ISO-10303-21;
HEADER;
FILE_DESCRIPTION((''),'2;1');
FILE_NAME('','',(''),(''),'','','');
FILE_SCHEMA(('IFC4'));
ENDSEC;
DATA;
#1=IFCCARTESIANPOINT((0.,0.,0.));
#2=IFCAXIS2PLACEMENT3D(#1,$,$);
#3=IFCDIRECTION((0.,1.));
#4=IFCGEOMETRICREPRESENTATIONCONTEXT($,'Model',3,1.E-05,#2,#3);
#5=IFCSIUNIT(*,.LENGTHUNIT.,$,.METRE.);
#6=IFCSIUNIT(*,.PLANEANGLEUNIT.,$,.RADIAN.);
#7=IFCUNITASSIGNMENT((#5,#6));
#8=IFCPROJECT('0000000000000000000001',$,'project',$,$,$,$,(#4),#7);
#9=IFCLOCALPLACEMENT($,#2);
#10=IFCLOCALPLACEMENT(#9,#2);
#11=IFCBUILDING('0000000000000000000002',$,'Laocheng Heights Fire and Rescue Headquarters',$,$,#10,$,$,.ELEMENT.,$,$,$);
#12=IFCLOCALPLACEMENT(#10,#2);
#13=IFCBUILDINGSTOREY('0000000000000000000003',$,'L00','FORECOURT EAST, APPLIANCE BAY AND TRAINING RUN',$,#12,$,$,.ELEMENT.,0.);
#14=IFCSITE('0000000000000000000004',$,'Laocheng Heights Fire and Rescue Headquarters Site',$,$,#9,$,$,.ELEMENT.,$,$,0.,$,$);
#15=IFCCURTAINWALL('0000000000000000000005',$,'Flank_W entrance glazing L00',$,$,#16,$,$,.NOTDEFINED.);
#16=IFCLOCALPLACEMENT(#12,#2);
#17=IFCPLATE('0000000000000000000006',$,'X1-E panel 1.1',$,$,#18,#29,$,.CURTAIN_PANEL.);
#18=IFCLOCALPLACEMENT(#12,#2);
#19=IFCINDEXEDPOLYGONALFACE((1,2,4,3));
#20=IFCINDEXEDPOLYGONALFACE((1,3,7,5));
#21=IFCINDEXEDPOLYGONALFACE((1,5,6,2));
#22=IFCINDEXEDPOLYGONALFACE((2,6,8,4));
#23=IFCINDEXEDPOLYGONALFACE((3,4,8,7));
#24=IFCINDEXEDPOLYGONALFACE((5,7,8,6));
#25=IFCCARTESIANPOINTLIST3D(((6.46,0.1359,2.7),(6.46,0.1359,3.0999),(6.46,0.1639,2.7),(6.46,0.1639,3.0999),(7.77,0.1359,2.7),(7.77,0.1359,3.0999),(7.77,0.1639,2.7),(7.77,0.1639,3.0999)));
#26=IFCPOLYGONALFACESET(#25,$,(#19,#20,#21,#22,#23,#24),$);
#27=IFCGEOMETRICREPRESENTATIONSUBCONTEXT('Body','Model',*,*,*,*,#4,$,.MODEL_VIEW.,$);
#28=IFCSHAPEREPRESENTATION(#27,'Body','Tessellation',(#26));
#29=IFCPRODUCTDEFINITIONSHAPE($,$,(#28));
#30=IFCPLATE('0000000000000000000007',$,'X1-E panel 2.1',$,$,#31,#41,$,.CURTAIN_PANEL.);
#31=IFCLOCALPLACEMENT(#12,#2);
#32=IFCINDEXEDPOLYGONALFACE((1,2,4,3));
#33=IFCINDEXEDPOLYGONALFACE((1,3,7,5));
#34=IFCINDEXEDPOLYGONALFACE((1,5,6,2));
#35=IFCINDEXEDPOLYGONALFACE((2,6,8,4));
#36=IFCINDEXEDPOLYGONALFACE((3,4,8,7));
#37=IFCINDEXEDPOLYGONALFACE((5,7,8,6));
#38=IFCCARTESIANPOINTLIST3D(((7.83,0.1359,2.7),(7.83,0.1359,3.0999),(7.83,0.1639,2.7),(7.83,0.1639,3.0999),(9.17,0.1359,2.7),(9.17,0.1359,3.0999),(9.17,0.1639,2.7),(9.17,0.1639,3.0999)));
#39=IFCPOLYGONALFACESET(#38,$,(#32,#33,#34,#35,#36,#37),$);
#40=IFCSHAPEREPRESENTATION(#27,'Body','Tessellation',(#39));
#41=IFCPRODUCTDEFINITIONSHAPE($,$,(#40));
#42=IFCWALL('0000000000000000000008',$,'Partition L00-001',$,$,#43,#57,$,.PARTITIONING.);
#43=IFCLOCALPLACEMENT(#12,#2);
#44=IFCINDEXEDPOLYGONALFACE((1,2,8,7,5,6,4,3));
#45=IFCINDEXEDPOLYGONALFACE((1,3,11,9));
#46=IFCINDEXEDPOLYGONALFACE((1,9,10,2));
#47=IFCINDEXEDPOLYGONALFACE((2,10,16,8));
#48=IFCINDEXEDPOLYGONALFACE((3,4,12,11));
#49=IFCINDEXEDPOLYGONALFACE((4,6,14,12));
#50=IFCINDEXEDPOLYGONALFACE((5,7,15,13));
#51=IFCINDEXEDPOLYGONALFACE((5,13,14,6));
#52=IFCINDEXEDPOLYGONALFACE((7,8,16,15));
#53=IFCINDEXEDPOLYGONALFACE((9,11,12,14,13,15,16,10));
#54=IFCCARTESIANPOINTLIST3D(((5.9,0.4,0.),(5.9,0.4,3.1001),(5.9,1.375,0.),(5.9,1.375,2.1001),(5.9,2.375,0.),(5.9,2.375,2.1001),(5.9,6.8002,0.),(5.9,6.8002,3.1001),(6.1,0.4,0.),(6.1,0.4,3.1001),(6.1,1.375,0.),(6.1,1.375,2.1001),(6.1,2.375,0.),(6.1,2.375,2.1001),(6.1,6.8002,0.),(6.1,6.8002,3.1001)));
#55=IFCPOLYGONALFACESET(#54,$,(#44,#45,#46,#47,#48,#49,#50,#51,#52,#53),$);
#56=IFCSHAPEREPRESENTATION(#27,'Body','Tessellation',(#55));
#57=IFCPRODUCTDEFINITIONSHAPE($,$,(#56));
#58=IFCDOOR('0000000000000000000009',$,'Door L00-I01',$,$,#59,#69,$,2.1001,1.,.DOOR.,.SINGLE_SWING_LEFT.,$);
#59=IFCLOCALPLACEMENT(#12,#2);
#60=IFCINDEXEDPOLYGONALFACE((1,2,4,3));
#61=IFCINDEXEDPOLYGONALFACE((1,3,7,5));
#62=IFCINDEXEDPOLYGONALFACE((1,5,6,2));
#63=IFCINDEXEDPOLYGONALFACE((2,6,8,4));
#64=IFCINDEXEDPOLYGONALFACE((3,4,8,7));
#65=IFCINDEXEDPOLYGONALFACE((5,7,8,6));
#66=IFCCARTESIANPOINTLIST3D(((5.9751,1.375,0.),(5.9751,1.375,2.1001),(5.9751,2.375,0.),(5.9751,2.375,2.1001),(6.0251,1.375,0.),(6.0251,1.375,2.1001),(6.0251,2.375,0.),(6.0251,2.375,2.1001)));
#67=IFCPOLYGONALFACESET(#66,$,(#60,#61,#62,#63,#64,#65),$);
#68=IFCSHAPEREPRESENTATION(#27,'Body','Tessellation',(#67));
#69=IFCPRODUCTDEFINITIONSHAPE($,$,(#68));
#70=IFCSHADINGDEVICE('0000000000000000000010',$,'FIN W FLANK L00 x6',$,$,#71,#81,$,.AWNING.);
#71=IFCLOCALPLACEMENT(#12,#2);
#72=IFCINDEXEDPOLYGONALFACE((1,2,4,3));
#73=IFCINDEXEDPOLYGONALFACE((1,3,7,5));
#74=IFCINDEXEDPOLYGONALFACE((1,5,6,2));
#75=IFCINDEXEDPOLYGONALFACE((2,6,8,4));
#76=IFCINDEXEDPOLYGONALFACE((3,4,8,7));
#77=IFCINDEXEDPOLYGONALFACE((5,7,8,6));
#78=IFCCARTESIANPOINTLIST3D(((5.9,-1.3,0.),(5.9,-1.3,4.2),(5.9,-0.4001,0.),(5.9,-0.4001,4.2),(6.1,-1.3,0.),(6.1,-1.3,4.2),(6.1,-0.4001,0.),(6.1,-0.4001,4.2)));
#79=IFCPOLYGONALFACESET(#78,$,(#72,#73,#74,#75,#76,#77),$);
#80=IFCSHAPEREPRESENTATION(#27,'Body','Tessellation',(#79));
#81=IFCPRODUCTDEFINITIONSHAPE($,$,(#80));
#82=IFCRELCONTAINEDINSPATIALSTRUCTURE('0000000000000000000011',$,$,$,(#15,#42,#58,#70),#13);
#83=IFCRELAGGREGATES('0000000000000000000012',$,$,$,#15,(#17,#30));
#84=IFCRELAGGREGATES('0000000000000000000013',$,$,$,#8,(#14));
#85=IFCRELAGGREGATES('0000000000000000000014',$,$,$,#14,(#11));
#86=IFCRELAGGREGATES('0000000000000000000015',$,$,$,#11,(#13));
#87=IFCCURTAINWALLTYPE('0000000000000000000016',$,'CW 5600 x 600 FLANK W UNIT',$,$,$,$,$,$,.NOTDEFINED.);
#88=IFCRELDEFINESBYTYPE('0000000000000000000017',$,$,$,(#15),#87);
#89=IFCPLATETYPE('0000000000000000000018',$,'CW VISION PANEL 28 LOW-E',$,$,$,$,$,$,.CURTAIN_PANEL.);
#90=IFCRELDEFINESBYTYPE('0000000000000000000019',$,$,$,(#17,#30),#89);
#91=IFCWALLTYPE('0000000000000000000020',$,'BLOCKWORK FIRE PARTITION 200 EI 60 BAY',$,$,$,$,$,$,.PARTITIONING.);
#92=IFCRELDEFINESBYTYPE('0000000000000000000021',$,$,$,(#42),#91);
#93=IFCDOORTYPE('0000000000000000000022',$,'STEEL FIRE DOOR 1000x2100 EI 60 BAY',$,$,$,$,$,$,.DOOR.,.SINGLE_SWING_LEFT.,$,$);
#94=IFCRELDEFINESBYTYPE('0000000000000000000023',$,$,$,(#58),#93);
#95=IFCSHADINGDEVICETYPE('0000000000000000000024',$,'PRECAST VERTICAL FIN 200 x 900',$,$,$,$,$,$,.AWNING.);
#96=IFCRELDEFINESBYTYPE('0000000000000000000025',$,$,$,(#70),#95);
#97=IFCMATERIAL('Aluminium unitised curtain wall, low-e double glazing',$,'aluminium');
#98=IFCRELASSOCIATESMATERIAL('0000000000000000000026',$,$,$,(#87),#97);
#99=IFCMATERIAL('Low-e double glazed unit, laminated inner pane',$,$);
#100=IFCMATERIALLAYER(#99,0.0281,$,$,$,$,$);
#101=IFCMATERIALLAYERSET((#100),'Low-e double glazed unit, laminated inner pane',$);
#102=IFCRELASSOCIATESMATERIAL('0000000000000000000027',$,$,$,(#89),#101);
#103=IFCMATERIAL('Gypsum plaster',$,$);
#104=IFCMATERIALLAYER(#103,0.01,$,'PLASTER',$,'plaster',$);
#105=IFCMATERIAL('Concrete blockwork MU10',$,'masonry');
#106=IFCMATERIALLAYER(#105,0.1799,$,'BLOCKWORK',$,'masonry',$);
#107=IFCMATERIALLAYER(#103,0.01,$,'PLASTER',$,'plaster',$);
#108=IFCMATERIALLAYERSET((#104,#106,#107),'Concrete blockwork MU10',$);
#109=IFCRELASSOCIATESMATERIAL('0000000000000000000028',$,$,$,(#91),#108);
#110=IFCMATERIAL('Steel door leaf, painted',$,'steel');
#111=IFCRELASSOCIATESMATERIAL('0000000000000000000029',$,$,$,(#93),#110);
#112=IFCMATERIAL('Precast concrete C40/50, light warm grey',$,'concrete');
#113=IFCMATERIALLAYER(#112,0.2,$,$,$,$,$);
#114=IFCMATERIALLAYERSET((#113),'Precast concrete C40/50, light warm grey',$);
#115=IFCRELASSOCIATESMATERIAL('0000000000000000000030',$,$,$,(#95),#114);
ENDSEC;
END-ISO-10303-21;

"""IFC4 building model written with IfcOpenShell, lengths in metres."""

from ifc_helpers import new_model, si_unit, direction, frame, frame_2d, origin, origin_2d, place, context, subcontext, project, spatial, rectangle, extrude, material, layer, layer_set, type_object, element, fill, aggregate, save


model = new_model("IFC4")

# Units and contexts
model_context = context("Model", 3, precision=1e-05, world=origin(), true_north=direction((0.0, 1.0)))
body_context = subcontext(model_context, "Body", "Model", "MODEL_VIEW")
ifc_project = project(units=[si_unit("LENGTHUNIT", "METRE"), si_unit("PLANEANGLEUNIT", "RADIAN")], contexts=[model_context])

# Site, building, storey
site_placement = place(None, origin())
site = spatial("IfcSite", under=ifc_project, at=site_placement, Name="Laocheng Heights Fire and Rescue Headquarters Site", CompositionType="ELEMENT", RefElevation=0.0)
building_placement = place(site_placement, origin())
building = spatial("IfcBuilding", under=site, at=building_placement, Name="Laocheng Heights Fire and Rescue Headquarters", CompositionType="ELEMENT")
storey_placement = place(building_placement, origin())
storey = spatial("IfcBuildingStorey", under=building, at=storey_placement, Name="L00", Description="FORECOURT EAST, APPLIANCE BAY AND TRAINING RUN", CompositionType="ELEMENT", Elevation=0.0)

# Curtain wall
ifc_material_1 = material(Name="Aluminium unitised curtain wall, low-e double glazing", Category="aluminium")
curtain_wall_type = type_object("IfcCurtainWallType", Name="CW 5600 x 600 FLANK W UNIT", PredefinedType="NOTDEFINED", material=ifc_material_1)
curtain_wall_placement = place(storey_placement, origin())
curtain_wall = element("IfcCurtainWall", 1, at=curtain_wall_placement, inside=storey, type_object=curtain_wall_type, Name="Flank_W entrance glazing L00", PredefinedType="NOTDEFINED")

# Plates
ifc_material_2 = material(Name="Low-e double glazed unit, laminated inner pane")
ifc_layer_1 = layer(ifc_material_2, 0.0281)
ifc_layer_set_1 = layer_set([ifc_layer_1], Name="Low-e double glazed unit, laminated inner pane")
plate_type = type_object("IfcPlateType", Name="CW VISION PANEL 28 LOW-E", PredefinedType="CURTAIN_PANEL", material=ifc_layer_set_1)
plate_1_placement = place(storey_placement, frame((7.115, 0.1499, 2.7), z_axis=(0.0, 0.0, 1.0), x_axis=(1.0, 0.0, 0.0)))
plate_1 = element("IfcPlate", 2, at=plate_1_placement, type_object=plate_type, Name="X1-E panel 1.1", PredefinedType="CURTAIN_PANEL", context=body_context, shape_type="SweptSolid", body=[
    extrude(rectangle(XDim=1.3101, YDim=0.0281, at=origin_2d()), origin(), (0.0, 0.0, 1.0), 0.3999),
])
plate_2_placement = place(storey_placement, frame((8.5, 0.1499, 2.7), z_axis=(0.0, 0.0, 1.0), x_axis=(1.0, 0.0, 0.0)))
plate_2 = element("IfcPlate", 3, at=plate_2_placement, type_object=plate_type, Name="X1-E panel 2.1", PredefinedType="CURTAIN_PANEL", context=body_context, shape_type="SweptSolid", body=[
    extrude(rectangle(XDim=1.3401, YDim=0.0281, at=origin_2d()), origin(), (0.0, 0.0, 1.0), 0.3999),
])
aggregate(curtain_wall, [plate_1, plate_2])

# Wall, opening, door
ifc_material_3 = material(Name="Gypsum plaster")
ifc_layer_2 = layer(ifc_material_3, 0.01, Name="PLASTER", Category="plaster")
ifc_material_4 = material(Name="Concrete blockwork MU10", Category="masonry")
ifc_layer_3 = layer(ifc_material_4, 0.1799, Name="BLOCKWORK", Category="masonry")
ifc_layer_4 = layer(ifc_material_3, 0.01, Name="PLASTER", Category="plaster")
ifc_layer_set_2 = layer_set([ifc_layer_2, ifc_layer_3, ifc_layer_4], Name="Concrete blockwork MU10")
wall_type_1 = type_object("IfcWallType", Name="BLOCKWORK FIRE PARTITION 200 EI 60 BAY", PredefinedType="PARTITIONING", material=ifc_layer_set_2)
wall_1_placement = place(storey_placement, frame((6.0, 0.3999, 0.0), z_axis=(0.0, 0.0, 1.0), x_axis=(0.0, 1.0, 0.0)))
wall_1 = element("IfcWall", 4, at=wall_1_placement, inside=storey, type_object=wall_type_1, Name="Partition L00-001", PredefinedType="PARTITIONING", context=body_context, shape_type="SweptSolid", body=[
    extrude(rectangle(XDim=6.4001, YDim=0.2, at=frame_2d((3.2002, 0.0))), origin(), (0.0, 0.0, 1.0), 3.1001),
])
opening_1_placement = place(wall_1_placement, frame((0.9751, 0.0, 0.0)))
opening_1 = element("IfcOpeningElement", 5, at=opening_1_placement, cuts=wall_1, PredefinedType="OPENING", context=body_context, shape_type="SweptSolid", body=[
    extrude(rectangle(XDim=1.0, YDim=2.1001, at=frame_2d((0.5, 1.05))), frame((0.0, 0.1099, 0.0), z_axis=(0.0, -1.0, 0.0), x_axis=(1.0, 0.0, 0.0)), (0.0, 0.0, 1.0), 0.22),
])
ifc_material_5 = material(Name="Steel door leaf, painted", Category="steel")
door_type_1 = type_object("IfcDoorType", Name="STEEL FIRE DOOR 1000x2100 EI 60 BAY", OperationType="SINGLE_SWING_LEFT", PredefinedType="DOOR", material=ifc_material_5)
door_1_placement = place(opening_1_placement, origin())
door_1 = element("IfcDoor", 6, at=door_1_placement, inside=storey, type_object=door_type_1, Name="Door L00-I01", OperationType="SINGLE_SWING_LEFT", OverallHeight=2.1001, OverallWidth=1.0, PredefinedType="DOOR", context=body_context, shape_type="SweptSolid", body=[
    extrude(rectangle(XDim=1.0, YDim=2.1001, at=frame_2d((0.5, 1.05))), frame((0.0, 0.0249, 0.0), z_axis=(0.0, -1.0, 0.0), x_axis=(1.0, 0.0, 0.0)), (0.0, 0.0, 1.0), 0.05),
])
fill(opening_1, door_1)

# Shading device
ifc_material_6 = material(Name="Precast concrete C40/50, light warm grey", Category="concrete")
ifc_layer_5 = layer(ifc_material_6, 0.2)
ifc_layer_set_3 = layer_set([ifc_layer_5], Name="Precast concrete C40/50, light warm grey")
shading_device_type = type_object("IfcShadingDeviceType", Name="PRECAST VERTICAL FIN 200 x 900", PredefinedType="AWNING", material=ifc_layer_set_3)
shading_device_placement = place(storey_placement, frame((6.0, -0.8501, 0.0), z_axis=(0.0, 0.0, 1.0), x_axis=(1.0, 0.0, 0.0)))
element("IfcShadingDevice", 7, at=shading_device_placement, inside=storey, type_object=shading_device_type, Name="FIN W FLANK L00 x6", PredefinedType="AWNING", context=body_context, shape_type="SweptSolid", body=[
    extrude(rectangle(XDim=0.2, YDim=0.8999, at=origin_2d()), origin(), (0.0, 0.0, 1.0), 4.2),
])

save(model, "model.ifc")
